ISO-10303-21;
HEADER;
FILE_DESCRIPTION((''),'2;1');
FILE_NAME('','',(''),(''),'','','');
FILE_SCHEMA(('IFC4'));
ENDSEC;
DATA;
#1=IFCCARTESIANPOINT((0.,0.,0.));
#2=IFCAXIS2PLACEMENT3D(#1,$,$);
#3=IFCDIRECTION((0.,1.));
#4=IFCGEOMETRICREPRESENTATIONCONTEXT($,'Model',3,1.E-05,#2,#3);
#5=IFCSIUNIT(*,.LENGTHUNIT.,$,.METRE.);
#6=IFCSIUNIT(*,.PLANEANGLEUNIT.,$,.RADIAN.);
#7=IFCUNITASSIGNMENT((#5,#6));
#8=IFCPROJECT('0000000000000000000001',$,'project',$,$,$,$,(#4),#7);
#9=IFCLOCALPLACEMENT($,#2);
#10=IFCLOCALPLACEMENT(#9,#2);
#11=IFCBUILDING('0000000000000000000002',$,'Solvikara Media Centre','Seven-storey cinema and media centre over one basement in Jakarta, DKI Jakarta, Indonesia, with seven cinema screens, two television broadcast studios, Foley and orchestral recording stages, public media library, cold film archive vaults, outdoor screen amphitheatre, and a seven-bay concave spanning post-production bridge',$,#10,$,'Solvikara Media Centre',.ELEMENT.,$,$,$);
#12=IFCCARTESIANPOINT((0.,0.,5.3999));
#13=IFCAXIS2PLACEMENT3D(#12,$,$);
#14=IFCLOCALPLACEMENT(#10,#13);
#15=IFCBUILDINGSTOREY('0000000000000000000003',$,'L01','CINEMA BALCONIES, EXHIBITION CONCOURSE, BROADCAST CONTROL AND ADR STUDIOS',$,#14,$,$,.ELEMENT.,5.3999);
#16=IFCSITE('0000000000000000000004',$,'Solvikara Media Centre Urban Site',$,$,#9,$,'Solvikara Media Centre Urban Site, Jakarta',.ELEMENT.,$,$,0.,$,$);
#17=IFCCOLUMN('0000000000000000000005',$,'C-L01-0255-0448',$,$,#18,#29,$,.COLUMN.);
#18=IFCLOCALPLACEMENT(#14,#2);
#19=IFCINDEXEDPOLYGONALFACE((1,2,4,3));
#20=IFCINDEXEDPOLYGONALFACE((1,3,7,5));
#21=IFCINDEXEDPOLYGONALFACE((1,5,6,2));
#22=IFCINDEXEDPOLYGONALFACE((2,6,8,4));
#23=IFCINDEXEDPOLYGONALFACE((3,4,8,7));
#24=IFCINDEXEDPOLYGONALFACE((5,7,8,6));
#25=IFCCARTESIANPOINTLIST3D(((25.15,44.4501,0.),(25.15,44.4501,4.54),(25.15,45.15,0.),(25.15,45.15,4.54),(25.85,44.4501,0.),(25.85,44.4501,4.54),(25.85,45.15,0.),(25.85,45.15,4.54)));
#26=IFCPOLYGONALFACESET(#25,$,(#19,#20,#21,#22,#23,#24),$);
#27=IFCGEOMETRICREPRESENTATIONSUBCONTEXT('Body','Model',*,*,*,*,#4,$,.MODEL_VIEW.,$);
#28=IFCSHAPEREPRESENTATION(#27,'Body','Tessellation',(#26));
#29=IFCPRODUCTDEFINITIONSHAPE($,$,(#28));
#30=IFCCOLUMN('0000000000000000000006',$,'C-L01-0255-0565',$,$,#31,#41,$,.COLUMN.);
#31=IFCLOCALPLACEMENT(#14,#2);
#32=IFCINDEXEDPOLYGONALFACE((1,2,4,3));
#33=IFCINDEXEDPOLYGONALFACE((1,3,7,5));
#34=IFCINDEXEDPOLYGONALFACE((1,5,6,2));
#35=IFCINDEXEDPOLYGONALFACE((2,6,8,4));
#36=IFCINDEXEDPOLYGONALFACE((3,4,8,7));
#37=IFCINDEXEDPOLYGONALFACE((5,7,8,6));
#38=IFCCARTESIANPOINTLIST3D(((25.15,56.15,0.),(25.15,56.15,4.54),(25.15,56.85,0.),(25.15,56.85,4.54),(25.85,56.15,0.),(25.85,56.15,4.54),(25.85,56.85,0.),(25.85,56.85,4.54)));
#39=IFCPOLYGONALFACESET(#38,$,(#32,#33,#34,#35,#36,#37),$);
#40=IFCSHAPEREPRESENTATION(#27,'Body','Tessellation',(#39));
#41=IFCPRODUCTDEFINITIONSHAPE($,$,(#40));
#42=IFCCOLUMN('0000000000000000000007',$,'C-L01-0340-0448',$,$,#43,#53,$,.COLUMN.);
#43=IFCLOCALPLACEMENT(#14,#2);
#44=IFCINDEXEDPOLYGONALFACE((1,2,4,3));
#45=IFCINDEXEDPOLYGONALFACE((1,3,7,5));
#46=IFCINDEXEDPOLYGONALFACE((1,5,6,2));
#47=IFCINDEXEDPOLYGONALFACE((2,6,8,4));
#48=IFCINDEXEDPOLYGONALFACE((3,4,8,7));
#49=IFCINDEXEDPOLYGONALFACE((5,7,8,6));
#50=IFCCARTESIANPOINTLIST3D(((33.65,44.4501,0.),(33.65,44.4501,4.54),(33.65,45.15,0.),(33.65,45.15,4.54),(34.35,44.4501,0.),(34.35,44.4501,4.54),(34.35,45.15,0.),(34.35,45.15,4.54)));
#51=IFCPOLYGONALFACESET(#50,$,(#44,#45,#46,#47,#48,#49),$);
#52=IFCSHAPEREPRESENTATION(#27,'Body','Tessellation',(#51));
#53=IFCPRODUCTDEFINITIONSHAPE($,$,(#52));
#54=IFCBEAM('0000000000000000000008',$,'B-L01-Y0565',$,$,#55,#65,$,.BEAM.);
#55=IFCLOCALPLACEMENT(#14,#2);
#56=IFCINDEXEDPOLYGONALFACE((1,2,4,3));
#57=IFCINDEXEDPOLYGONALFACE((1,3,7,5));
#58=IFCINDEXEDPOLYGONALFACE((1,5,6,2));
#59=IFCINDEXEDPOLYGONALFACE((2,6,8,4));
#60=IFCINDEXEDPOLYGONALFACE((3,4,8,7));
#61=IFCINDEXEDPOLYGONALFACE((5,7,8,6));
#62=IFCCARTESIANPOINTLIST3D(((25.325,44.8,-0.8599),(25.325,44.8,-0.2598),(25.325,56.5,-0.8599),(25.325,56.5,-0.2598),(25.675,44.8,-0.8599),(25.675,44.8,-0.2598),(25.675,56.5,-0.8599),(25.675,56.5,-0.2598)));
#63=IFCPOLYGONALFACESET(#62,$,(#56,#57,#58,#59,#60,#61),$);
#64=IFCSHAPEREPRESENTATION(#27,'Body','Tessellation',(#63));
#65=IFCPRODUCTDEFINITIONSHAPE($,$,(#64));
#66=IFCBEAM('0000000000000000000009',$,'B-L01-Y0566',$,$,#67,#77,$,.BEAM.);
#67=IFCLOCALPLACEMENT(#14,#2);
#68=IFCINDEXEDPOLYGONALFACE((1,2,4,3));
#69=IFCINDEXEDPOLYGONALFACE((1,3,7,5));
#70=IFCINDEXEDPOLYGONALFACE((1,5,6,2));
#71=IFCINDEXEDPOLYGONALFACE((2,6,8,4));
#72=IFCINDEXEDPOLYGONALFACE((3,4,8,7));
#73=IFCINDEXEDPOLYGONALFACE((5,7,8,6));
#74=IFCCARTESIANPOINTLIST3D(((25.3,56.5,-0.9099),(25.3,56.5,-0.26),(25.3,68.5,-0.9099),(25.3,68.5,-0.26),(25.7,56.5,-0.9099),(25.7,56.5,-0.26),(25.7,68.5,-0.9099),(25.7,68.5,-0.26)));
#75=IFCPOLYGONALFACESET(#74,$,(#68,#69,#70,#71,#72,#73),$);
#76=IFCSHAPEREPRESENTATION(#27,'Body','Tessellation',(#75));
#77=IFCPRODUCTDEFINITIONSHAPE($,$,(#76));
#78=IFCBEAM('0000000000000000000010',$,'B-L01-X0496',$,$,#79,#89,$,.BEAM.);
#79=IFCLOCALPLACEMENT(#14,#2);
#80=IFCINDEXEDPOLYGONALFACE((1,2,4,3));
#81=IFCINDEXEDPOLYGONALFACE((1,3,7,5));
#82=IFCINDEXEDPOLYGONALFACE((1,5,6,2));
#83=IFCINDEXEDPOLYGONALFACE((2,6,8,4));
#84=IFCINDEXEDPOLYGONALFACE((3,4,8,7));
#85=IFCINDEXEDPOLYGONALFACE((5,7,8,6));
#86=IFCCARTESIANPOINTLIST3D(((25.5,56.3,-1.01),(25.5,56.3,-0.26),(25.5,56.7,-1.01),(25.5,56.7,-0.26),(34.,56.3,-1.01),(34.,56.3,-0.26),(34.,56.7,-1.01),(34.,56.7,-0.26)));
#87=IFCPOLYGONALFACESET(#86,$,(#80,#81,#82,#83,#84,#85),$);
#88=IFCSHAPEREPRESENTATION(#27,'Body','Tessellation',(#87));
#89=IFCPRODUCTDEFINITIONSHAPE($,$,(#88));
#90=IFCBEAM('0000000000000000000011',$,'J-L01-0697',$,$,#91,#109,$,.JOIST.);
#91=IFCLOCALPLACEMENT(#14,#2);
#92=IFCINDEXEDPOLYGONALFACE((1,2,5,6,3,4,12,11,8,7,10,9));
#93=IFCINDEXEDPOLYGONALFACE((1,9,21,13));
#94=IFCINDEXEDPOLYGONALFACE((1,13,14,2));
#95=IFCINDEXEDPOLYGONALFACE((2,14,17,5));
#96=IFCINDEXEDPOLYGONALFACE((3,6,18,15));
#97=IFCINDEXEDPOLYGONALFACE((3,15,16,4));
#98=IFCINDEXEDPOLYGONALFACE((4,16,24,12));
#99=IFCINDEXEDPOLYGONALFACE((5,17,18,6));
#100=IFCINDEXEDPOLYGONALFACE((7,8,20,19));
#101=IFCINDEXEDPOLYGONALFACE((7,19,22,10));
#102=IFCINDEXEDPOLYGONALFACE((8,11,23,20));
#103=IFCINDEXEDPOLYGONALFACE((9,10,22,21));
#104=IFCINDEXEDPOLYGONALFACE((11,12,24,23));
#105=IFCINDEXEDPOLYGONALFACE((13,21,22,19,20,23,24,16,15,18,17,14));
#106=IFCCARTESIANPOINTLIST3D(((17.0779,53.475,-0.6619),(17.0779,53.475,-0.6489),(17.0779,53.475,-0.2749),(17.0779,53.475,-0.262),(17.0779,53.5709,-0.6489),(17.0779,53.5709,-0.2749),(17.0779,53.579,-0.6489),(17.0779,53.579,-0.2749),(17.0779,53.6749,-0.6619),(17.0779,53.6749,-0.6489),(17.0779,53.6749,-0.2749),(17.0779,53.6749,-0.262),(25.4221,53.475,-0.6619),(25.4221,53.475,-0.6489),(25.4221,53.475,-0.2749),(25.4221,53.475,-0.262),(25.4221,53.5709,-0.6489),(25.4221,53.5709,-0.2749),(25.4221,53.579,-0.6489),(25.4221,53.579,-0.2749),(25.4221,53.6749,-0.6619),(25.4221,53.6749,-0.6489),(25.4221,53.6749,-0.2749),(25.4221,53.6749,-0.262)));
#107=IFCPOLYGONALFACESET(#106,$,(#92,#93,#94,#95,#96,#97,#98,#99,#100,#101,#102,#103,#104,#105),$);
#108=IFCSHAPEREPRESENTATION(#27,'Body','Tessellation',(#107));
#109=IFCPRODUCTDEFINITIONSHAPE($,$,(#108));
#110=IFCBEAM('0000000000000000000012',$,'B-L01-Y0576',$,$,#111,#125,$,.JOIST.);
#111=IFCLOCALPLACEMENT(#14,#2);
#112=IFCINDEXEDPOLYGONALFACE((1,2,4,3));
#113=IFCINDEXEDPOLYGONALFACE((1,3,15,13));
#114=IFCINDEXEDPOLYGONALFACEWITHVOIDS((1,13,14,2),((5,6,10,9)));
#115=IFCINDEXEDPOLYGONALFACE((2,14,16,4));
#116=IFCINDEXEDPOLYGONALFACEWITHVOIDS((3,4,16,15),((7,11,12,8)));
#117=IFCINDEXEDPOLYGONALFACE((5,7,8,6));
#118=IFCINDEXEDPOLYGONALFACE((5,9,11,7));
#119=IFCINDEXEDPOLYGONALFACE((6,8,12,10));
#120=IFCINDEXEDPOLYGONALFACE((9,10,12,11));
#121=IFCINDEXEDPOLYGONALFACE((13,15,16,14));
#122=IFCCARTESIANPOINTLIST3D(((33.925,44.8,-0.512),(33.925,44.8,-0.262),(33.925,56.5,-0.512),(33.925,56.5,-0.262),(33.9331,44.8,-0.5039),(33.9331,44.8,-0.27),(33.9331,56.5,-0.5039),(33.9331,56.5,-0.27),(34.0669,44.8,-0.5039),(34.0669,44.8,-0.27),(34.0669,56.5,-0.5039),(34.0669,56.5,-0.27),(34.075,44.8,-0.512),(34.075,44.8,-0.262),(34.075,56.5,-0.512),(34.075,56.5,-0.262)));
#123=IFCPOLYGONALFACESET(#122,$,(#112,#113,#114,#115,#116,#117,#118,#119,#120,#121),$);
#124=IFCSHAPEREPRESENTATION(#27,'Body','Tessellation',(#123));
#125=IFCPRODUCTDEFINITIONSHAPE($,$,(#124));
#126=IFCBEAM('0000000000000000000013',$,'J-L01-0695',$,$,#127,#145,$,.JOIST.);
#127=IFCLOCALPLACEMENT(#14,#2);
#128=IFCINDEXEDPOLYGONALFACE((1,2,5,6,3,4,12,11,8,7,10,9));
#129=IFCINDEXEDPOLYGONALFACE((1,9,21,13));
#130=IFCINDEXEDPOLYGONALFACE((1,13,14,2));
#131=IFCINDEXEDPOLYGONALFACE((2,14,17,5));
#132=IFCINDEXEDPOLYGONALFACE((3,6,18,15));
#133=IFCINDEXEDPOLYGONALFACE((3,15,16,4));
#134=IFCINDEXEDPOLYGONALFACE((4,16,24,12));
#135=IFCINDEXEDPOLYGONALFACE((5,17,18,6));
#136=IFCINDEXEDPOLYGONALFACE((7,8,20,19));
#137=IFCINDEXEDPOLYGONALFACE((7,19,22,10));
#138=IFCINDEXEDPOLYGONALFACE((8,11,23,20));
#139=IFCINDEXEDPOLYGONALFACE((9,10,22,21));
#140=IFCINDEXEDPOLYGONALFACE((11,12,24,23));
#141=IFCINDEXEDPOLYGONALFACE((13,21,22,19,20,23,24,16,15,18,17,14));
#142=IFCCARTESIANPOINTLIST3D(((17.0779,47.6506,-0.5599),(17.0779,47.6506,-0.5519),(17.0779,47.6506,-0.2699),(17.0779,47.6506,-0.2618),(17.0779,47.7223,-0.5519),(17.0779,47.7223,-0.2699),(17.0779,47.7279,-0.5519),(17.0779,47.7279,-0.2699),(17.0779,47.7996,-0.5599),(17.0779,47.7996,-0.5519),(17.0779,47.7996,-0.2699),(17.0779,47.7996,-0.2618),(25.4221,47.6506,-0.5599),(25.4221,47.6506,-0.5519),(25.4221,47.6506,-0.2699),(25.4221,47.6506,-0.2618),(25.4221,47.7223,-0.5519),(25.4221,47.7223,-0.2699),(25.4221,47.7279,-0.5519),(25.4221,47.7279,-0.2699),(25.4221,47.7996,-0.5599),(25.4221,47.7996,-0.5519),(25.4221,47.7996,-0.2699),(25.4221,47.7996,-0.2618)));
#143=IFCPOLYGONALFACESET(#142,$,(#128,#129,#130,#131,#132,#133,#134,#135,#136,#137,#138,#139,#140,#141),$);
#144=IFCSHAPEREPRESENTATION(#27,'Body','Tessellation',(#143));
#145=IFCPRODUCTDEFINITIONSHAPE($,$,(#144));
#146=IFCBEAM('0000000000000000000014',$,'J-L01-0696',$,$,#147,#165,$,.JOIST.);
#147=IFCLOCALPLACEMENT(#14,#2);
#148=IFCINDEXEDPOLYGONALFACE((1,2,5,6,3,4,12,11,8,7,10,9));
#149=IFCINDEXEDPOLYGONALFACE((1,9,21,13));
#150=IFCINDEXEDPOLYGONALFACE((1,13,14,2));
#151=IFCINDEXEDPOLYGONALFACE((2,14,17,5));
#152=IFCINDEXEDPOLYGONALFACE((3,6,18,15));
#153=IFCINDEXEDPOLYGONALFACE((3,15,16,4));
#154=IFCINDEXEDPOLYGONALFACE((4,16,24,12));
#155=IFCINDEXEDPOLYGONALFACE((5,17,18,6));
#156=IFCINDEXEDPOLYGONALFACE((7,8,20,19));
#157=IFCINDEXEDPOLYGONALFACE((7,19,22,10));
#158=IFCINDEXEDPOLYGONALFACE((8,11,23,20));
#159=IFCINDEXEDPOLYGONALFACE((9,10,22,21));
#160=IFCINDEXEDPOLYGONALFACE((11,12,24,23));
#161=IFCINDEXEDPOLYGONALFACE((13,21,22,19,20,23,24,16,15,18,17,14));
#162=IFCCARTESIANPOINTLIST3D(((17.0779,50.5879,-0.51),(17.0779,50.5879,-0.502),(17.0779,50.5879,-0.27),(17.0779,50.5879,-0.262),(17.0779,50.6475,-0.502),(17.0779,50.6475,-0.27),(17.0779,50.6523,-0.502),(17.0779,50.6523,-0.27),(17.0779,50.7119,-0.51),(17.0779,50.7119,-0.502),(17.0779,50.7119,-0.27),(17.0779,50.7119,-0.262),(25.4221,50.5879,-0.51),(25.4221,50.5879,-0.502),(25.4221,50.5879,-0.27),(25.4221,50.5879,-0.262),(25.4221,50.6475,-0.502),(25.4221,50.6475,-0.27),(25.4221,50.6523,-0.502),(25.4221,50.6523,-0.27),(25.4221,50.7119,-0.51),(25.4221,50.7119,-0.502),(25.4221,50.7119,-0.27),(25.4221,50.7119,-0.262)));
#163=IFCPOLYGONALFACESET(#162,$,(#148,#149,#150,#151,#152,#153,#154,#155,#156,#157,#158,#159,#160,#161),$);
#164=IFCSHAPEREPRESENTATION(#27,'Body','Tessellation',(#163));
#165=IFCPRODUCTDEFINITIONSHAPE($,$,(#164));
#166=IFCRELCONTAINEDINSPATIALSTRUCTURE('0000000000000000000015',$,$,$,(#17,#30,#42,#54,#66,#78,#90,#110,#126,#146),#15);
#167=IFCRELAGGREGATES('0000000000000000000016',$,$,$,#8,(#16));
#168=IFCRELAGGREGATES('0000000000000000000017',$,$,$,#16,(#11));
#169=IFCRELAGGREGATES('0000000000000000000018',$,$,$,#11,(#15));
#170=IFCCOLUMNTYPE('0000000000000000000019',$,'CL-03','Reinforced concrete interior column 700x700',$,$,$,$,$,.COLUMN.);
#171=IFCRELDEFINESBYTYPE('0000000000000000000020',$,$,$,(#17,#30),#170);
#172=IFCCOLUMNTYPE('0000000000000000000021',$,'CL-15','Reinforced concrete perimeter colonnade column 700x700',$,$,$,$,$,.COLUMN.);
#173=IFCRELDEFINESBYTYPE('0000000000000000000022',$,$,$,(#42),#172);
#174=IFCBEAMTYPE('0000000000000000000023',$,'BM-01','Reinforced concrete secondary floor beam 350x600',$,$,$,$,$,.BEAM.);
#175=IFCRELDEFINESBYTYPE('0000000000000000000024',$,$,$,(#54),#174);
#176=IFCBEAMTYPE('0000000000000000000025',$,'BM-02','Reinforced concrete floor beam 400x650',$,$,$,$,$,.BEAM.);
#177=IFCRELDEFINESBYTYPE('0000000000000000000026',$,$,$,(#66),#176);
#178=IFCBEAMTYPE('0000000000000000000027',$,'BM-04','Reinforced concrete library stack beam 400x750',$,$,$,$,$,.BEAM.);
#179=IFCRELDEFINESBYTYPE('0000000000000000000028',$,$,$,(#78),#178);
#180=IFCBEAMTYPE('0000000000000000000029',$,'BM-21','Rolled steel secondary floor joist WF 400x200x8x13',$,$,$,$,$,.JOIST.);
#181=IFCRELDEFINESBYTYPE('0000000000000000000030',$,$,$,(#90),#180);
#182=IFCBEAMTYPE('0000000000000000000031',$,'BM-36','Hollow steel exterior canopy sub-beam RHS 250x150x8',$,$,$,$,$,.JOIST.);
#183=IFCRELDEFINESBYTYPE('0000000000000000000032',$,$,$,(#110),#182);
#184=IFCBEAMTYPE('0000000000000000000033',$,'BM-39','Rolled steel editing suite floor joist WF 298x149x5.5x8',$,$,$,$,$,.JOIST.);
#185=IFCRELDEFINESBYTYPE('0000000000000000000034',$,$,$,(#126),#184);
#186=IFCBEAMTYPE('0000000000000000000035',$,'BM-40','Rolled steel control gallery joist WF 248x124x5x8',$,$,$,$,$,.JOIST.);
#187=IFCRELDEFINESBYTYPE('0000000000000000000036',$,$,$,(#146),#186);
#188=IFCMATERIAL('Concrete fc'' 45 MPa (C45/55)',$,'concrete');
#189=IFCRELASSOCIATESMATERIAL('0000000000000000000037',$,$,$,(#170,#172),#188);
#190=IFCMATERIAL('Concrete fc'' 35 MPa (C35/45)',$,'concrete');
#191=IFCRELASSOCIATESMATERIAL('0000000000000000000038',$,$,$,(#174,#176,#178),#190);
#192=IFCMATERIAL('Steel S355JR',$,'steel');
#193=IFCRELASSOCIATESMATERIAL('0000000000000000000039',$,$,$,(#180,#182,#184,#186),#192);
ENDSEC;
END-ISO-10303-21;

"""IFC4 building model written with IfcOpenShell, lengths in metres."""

from ifc_helpers import new_model, si_unit, direction, frame, origin, origin_2d, place, context, subcontext, project, spatial, rectangle, hollow_rectangle, i_section, extrude, material, material_profile, profile_set, type_object, element, save


model = new_model("IFC4")

# Units and contexts
model_context = context("Model", 3, precision=1e-05, world=origin(), true_north=direction((0.0, 1.0)))
body_context = subcontext(model_context, "Body", "Model", "MODEL_VIEW")
ifc_project = project(units=[si_unit("LENGTHUNIT", "METRE"), si_unit("PLANEANGLEUNIT", "RADIAN")], contexts=[model_context])

# Site, building, storey
site_placement = place(None, origin())
site = spatial("IfcSite", under=ifc_project, at=site_placement, Name="Solvikara Media Centre Urban Site", LongName="Solvikara Media Centre Urban Site, Jakarta", CompositionType="ELEMENT", RefElevation=0.0)
building_placement = place(site_placement, origin())
building = spatial("IfcBuilding", under=site, at=building_placement, Name="Solvikara Media Centre", Description="Seven-storey cinema and media centre over one basement in Jakarta, DKI Jakarta, Indonesia, with seven cinema screens, two television broadcast studios, Foley and orchestral recording stages, public media library, cold film archive vaults, outdoor screen amphitheatre, and a seven-bay concave spanning post-production bridge", LongName="Solvikara Media Centre", CompositionType="ELEMENT")
storey_placement = place(building_placement, frame((0.0, 0.0, 5.3999)))
storey = spatial("IfcBuildingStorey", under=building, at=storey_placement, Name="L01", Description="CINEMA BALCONIES, EXHIBITION CONCOURSE, BROADCAST CONTROL AND ADR STUDIOS", CompositionType="ELEMENT", Elevation=5.3999)

# Columns
ifc_material_1 = material(Name="Concrete fc' 45 MPa (C45/55)", Category="concrete")
ifc_material_profile_1 = material_profile(ifc_material_1, rectangle(XDim=0.7, YDim=0.7, at=origin_2d()), Name="RC 700x700")
ifc_profile_set_1 = profile_set([ifc_material_profile_1], Name="Concrete fc' 45 MPa (C45/55)")
column_type_1 = type_object("IfcColumnType", Name="CL-03", Description="Reinforced concrete interior column 700x700", PredefinedType="COLUMN", material=ifc_profile_set_1)
for number, where, z_axis, x_axis, name in (
    (1, (25.5, 44.8, 0.0), (0.0, 0.0, 1.0), (1.0, 0.0, 0.0), "C-L01-0255-0448"),
    (2, (25.5, 56.5, 0.0), (0.0, 0.0, 1.0), (1.0, 0.0, 0.0), "C-L01-0255-0565"),
):
    element("IfcColumn", number, at=place(storey_placement, frame(where, z_axis=z_axis, x_axis=x_axis)), inside=storey, type_object=column_type_1, Name=name, PredefinedType="COLUMN", context=body_context, shape_type="SweptSolid", body=[
        extrude(rectangle(XDim=0.7, YDim=0.7, at=origin_2d()), origin(), (0.0, 0.0, 1.0), 4.54),
    ])
ifc_material_profile_2 = material_profile(ifc_material_1, rectangle(XDim=0.7, YDim=0.7, at=origin_2d()), Name="RC 700x700")
ifc_profile_set_2 = profile_set([ifc_material_profile_2], Name="Concrete fc' 45 MPa (C45/55)")
column_type_2 = type_object("IfcColumnType", Name="CL-15", Description="Reinforced concrete perimeter colonnade column 700x700", PredefinedType="COLUMN", material=ifc_profile_set_2)
column_placement = place(storey_placement, frame((34.0, 44.8, 0.0), z_axis=(0.0, 0.0, 1.0), x_axis=(1.0, 0.0, 0.0)))
element("IfcColumn", 3, at=column_placement, inside=storey, type_object=column_type_2, Name="C-L01-0340-0448", PredefinedType="COLUMN", context=body_context, shape_type="SweptSolid", body=[
    extrude(rectangle(XDim=0.7, YDim=0.7, at=origin_2d()), origin(), (0.0, 0.0, 1.0), 4.54),
])

# Beams
ifc_material_2 = material(Name="Concrete fc' 35 MPa (C35/45)", Category="concrete")
ifc_material_profile_3 = material_profile(ifc_material_2, rectangle(XDim=0.3501, YDim=0.6001, at=origin_2d()), Name="RC 350x600")
ifc_profile_set_3 = profile_set([ifc_material_profile_3], Name="Concrete fc' 35 MPa (C35/45)")
beam_type_1 = type_object("IfcBeamType", Name="BM-01", Description="Reinforced concrete secondary floor beam 350x600", PredefinedType="BEAM", material=ifc_profile_set_3)
beam_1_placement = place(storey_placement, frame((25.5, 44.8, -0.5598), z_axis=(0.0, 1.0, 0.0), x_axis=(-1.0, 0.0, 0.0)))
element("IfcBeam", 4, at=beam_1_placement, inside=storey, type_object=beam_type_1, Name="B-L01-Y0565", PredefinedType="BEAM", context=body_context, shape_type="SweptSolid", body=[
    extrude(rectangle(XDim=0.3501, YDim=0.6001, at=origin_2d()), origin(), (0.0, 0.0, 1.0), 11.7),
])
ifc_material_profile_4 = material_profile(ifc_material_2, rectangle(XDim=0.3999, YDim=0.6499, at=origin_2d()), Name="RC 400x650")
ifc_profile_set_4 = profile_set([ifc_material_profile_4], Name="Concrete fc' 35 MPa (C35/45)")
beam_type_2 = type_object("IfcBeamType", Name="BM-02", Description="Reinforced concrete floor beam 400x650", PredefinedType="BEAM", material=ifc_profile_set_4)
beam_2_placement = place(storey_placement, frame((25.5, 56.5, -0.585), z_axis=(0.0, 1.0, 0.0), x_axis=(-1.0, 0.0, 0.0)))
element("IfcBeam", 5, at=beam_2_placement, inside=storey, type_object=beam_type_2, Name="B-L01-Y0566", PredefinedType="BEAM", context=body_context, shape_type="SweptSolid", body=[
    extrude(rectangle(XDim=0.3999, YDim=0.6499, at=origin_2d()), origin(), (0.0, 0.0, 1.0), 12.0),
])
ifc_material_profile_5 = material_profile(ifc_material_2, rectangle(XDim=0.3999, YDim=0.75, at=origin_2d()), Name="RC 400x750")
ifc_profile_set_5 = profile_set([ifc_material_profile_5], Name="Concrete fc' 35 MPa (C35/45)")
beam_type_3 = type_object("IfcBeamType", Name="BM-04", Description="Reinforced concrete library stack beam 400x750", PredefinedType="BEAM", material=ifc_profile_set_5)
beam_3_placement = place(storey_placement, frame((25.5, 56.5, -0.635), z_axis=(1.0, 0.0, 0.0), x_axis=(0.0, 1.0, 0.0)))
element("IfcBeam", 6, at=beam_3_placement, inside=storey, type_object=beam_type_3, Name="B-L01-X0496", PredefinedType="BEAM", context=body_context, shape_type="SweptSolid", body=[
    extrude(rectangle(XDim=0.3999, YDim=0.75, at=origin_2d()), origin(), (0.0, 0.0, 1.0), 8.5),
])
ifc_material_3 = material(Name="Steel S355JR", Category="steel")
ifc_material_profile_6 = material_profile(ifc_material_3, i_section(OverallWidth=0.2, OverallDepth=0.3999, WebThickness=0.0081, FlangeThickness=0.0129, at=origin_2d()), Name="WF 400x200x8x13")
ifc_profile_set_6 = profile_set([ifc_material_profile_6], Name="Steel S355JR")
beam_type_4 = type_object("IfcBeamType", Name="BM-21", Description="Rolled steel secondary floor joist WF 400x200x8x13", PredefinedType="JOIST", material=ifc_profile_set_6)
beam_4_placement = place(storey_placement, frame((17.0779, 53.575, -0.4619), z_axis=(1.0, 0.0, 0.0), x_axis=(0.0, 1.0, 0.0)))
element("IfcBeam", 7, at=beam_4_placement, inside=storey, type_object=beam_type_4, Name="J-L01-0697", PredefinedType="JOIST", context=body_context, shape_type="SweptSolid", body=[
    extrude(i_section(OverallWidth=0.2, OverallDepth=0.3999, WebThickness=0.0081, FlangeThickness=0.0129, at=origin_2d()), origin(), (0.0, 0.0, 1.0), 8.3442),
])
ifc_material_profile_7 = material_profile(ifc_material_3, hollow_rectangle(XDim=0.1499, YDim=0.25, WallThickness=0.0081, at=origin_2d()), Name="RHS 250x150x8")
ifc_profile_set_7 = profile_set([ifc_material_profile_7], Name="Steel S355JR")
beam_type_5 = type_object("IfcBeamType", Name="BM-36", Description="Hollow steel exterior canopy sub-beam RHS 250x150x8", PredefinedType="JOIST", material=ifc_profile_set_7)
beam_5_placement = place(storey_placement, frame((34.0, 44.8, -0.387), z_axis=(0.0, 1.0, 0.0), x_axis=(-1.0, 0.0, 0.0)))
element("IfcBeam", 8, at=beam_5_placement, inside=storey, type_object=beam_type_5, Name="B-L01-Y0576", PredefinedType="JOIST", context=body_context, shape_type="SweptSolid", body=[
    extrude(hollow_rectangle(XDim=0.1499, YDim=0.25, WallThickness=0.0081, at=origin_2d()), origin(), (0.0, 0.0, 1.0), 11.7),
])
ifc_material_profile_8 = material_profile(ifc_material_3, i_section(OverallWidth=0.1489, OverallDepth=0.2981, WebThickness=0.0056, FlangeThickness=0.0081, at=origin_2d()), Name="WF 298x149x5.5x8")
ifc_profile_set_8 = profile_set([ifc_material_profile_8], Name="Steel S355JR")
beam_type_6 = type_object("IfcBeamType", Name="BM-39", Description="Rolled steel editing suite floor joist WF 298x149x5.5x8", PredefinedType="JOIST", material=ifc_profile_set_8)
beam_6_placement = place(storey_placement, frame((17.0779, 47.7251, -0.4109), z_axis=(1.0, 0.0, 0.0), x_axis=(0.0, 1.0, 0.0)))
element("IfcBeam", 9, at=beam_6_placement, inside=storey, type_object=beam_type_6, Name="J-L01-0695", PredefinedType="JOIST", context=body_context, shape_type="SweptSolid", body=[
    extrude(i_section(OverallWidth=0.1489, OverallDepth=0.2981, WebThickness=0.0056, FlangeThickness=0.0081, at=origin_2d()), origin(), (0.0, 0.0, 1.0), 8.3442),
])
ifc_material_profile_9 = material_profile(ifc_material_3, i_section(OverallWidth=0.124, OverallDepth=0.248, WebThickness=0.0049, FlangeThickness=0.0081, at=origin_2d()), Name="WF 248x124x5x8")
ifc_profile_set_9 = profile_set([ifc_material_profile_9], Name="Steel S355JR")
beam_type_7 = type_object("IfcBeamType", Name="BM-40", Description="Rolled steel control gallery joist WF 248x124x5x8", PredefinedType="JOIST", material=ifc_profile_set_9)
beam_7_placement = place(storey_placement, frame((17.0779, 50.6499, -0.386), z_axis=(1.0, 0.0, 0.0), x_axis=(0.0, 1.0, 0.0)))
element("IfcBeam", 10, at=beam_7_placement, inside=storey, type_object=beam_type_7, Name="J-L01-0696", PredefinedType="JOIST", context=body_context, shape_type="SweptSolid", body=[
    extrude(i_section(OverallWidth=0.124, OverallDepth=0.248, WebThickness=0.0049, FlangeThickness=0.0081, at=origin_2d()), origin(), (0.0, 0.0, 1.0), 8.3442),
])

save(model, "model.ifc")
